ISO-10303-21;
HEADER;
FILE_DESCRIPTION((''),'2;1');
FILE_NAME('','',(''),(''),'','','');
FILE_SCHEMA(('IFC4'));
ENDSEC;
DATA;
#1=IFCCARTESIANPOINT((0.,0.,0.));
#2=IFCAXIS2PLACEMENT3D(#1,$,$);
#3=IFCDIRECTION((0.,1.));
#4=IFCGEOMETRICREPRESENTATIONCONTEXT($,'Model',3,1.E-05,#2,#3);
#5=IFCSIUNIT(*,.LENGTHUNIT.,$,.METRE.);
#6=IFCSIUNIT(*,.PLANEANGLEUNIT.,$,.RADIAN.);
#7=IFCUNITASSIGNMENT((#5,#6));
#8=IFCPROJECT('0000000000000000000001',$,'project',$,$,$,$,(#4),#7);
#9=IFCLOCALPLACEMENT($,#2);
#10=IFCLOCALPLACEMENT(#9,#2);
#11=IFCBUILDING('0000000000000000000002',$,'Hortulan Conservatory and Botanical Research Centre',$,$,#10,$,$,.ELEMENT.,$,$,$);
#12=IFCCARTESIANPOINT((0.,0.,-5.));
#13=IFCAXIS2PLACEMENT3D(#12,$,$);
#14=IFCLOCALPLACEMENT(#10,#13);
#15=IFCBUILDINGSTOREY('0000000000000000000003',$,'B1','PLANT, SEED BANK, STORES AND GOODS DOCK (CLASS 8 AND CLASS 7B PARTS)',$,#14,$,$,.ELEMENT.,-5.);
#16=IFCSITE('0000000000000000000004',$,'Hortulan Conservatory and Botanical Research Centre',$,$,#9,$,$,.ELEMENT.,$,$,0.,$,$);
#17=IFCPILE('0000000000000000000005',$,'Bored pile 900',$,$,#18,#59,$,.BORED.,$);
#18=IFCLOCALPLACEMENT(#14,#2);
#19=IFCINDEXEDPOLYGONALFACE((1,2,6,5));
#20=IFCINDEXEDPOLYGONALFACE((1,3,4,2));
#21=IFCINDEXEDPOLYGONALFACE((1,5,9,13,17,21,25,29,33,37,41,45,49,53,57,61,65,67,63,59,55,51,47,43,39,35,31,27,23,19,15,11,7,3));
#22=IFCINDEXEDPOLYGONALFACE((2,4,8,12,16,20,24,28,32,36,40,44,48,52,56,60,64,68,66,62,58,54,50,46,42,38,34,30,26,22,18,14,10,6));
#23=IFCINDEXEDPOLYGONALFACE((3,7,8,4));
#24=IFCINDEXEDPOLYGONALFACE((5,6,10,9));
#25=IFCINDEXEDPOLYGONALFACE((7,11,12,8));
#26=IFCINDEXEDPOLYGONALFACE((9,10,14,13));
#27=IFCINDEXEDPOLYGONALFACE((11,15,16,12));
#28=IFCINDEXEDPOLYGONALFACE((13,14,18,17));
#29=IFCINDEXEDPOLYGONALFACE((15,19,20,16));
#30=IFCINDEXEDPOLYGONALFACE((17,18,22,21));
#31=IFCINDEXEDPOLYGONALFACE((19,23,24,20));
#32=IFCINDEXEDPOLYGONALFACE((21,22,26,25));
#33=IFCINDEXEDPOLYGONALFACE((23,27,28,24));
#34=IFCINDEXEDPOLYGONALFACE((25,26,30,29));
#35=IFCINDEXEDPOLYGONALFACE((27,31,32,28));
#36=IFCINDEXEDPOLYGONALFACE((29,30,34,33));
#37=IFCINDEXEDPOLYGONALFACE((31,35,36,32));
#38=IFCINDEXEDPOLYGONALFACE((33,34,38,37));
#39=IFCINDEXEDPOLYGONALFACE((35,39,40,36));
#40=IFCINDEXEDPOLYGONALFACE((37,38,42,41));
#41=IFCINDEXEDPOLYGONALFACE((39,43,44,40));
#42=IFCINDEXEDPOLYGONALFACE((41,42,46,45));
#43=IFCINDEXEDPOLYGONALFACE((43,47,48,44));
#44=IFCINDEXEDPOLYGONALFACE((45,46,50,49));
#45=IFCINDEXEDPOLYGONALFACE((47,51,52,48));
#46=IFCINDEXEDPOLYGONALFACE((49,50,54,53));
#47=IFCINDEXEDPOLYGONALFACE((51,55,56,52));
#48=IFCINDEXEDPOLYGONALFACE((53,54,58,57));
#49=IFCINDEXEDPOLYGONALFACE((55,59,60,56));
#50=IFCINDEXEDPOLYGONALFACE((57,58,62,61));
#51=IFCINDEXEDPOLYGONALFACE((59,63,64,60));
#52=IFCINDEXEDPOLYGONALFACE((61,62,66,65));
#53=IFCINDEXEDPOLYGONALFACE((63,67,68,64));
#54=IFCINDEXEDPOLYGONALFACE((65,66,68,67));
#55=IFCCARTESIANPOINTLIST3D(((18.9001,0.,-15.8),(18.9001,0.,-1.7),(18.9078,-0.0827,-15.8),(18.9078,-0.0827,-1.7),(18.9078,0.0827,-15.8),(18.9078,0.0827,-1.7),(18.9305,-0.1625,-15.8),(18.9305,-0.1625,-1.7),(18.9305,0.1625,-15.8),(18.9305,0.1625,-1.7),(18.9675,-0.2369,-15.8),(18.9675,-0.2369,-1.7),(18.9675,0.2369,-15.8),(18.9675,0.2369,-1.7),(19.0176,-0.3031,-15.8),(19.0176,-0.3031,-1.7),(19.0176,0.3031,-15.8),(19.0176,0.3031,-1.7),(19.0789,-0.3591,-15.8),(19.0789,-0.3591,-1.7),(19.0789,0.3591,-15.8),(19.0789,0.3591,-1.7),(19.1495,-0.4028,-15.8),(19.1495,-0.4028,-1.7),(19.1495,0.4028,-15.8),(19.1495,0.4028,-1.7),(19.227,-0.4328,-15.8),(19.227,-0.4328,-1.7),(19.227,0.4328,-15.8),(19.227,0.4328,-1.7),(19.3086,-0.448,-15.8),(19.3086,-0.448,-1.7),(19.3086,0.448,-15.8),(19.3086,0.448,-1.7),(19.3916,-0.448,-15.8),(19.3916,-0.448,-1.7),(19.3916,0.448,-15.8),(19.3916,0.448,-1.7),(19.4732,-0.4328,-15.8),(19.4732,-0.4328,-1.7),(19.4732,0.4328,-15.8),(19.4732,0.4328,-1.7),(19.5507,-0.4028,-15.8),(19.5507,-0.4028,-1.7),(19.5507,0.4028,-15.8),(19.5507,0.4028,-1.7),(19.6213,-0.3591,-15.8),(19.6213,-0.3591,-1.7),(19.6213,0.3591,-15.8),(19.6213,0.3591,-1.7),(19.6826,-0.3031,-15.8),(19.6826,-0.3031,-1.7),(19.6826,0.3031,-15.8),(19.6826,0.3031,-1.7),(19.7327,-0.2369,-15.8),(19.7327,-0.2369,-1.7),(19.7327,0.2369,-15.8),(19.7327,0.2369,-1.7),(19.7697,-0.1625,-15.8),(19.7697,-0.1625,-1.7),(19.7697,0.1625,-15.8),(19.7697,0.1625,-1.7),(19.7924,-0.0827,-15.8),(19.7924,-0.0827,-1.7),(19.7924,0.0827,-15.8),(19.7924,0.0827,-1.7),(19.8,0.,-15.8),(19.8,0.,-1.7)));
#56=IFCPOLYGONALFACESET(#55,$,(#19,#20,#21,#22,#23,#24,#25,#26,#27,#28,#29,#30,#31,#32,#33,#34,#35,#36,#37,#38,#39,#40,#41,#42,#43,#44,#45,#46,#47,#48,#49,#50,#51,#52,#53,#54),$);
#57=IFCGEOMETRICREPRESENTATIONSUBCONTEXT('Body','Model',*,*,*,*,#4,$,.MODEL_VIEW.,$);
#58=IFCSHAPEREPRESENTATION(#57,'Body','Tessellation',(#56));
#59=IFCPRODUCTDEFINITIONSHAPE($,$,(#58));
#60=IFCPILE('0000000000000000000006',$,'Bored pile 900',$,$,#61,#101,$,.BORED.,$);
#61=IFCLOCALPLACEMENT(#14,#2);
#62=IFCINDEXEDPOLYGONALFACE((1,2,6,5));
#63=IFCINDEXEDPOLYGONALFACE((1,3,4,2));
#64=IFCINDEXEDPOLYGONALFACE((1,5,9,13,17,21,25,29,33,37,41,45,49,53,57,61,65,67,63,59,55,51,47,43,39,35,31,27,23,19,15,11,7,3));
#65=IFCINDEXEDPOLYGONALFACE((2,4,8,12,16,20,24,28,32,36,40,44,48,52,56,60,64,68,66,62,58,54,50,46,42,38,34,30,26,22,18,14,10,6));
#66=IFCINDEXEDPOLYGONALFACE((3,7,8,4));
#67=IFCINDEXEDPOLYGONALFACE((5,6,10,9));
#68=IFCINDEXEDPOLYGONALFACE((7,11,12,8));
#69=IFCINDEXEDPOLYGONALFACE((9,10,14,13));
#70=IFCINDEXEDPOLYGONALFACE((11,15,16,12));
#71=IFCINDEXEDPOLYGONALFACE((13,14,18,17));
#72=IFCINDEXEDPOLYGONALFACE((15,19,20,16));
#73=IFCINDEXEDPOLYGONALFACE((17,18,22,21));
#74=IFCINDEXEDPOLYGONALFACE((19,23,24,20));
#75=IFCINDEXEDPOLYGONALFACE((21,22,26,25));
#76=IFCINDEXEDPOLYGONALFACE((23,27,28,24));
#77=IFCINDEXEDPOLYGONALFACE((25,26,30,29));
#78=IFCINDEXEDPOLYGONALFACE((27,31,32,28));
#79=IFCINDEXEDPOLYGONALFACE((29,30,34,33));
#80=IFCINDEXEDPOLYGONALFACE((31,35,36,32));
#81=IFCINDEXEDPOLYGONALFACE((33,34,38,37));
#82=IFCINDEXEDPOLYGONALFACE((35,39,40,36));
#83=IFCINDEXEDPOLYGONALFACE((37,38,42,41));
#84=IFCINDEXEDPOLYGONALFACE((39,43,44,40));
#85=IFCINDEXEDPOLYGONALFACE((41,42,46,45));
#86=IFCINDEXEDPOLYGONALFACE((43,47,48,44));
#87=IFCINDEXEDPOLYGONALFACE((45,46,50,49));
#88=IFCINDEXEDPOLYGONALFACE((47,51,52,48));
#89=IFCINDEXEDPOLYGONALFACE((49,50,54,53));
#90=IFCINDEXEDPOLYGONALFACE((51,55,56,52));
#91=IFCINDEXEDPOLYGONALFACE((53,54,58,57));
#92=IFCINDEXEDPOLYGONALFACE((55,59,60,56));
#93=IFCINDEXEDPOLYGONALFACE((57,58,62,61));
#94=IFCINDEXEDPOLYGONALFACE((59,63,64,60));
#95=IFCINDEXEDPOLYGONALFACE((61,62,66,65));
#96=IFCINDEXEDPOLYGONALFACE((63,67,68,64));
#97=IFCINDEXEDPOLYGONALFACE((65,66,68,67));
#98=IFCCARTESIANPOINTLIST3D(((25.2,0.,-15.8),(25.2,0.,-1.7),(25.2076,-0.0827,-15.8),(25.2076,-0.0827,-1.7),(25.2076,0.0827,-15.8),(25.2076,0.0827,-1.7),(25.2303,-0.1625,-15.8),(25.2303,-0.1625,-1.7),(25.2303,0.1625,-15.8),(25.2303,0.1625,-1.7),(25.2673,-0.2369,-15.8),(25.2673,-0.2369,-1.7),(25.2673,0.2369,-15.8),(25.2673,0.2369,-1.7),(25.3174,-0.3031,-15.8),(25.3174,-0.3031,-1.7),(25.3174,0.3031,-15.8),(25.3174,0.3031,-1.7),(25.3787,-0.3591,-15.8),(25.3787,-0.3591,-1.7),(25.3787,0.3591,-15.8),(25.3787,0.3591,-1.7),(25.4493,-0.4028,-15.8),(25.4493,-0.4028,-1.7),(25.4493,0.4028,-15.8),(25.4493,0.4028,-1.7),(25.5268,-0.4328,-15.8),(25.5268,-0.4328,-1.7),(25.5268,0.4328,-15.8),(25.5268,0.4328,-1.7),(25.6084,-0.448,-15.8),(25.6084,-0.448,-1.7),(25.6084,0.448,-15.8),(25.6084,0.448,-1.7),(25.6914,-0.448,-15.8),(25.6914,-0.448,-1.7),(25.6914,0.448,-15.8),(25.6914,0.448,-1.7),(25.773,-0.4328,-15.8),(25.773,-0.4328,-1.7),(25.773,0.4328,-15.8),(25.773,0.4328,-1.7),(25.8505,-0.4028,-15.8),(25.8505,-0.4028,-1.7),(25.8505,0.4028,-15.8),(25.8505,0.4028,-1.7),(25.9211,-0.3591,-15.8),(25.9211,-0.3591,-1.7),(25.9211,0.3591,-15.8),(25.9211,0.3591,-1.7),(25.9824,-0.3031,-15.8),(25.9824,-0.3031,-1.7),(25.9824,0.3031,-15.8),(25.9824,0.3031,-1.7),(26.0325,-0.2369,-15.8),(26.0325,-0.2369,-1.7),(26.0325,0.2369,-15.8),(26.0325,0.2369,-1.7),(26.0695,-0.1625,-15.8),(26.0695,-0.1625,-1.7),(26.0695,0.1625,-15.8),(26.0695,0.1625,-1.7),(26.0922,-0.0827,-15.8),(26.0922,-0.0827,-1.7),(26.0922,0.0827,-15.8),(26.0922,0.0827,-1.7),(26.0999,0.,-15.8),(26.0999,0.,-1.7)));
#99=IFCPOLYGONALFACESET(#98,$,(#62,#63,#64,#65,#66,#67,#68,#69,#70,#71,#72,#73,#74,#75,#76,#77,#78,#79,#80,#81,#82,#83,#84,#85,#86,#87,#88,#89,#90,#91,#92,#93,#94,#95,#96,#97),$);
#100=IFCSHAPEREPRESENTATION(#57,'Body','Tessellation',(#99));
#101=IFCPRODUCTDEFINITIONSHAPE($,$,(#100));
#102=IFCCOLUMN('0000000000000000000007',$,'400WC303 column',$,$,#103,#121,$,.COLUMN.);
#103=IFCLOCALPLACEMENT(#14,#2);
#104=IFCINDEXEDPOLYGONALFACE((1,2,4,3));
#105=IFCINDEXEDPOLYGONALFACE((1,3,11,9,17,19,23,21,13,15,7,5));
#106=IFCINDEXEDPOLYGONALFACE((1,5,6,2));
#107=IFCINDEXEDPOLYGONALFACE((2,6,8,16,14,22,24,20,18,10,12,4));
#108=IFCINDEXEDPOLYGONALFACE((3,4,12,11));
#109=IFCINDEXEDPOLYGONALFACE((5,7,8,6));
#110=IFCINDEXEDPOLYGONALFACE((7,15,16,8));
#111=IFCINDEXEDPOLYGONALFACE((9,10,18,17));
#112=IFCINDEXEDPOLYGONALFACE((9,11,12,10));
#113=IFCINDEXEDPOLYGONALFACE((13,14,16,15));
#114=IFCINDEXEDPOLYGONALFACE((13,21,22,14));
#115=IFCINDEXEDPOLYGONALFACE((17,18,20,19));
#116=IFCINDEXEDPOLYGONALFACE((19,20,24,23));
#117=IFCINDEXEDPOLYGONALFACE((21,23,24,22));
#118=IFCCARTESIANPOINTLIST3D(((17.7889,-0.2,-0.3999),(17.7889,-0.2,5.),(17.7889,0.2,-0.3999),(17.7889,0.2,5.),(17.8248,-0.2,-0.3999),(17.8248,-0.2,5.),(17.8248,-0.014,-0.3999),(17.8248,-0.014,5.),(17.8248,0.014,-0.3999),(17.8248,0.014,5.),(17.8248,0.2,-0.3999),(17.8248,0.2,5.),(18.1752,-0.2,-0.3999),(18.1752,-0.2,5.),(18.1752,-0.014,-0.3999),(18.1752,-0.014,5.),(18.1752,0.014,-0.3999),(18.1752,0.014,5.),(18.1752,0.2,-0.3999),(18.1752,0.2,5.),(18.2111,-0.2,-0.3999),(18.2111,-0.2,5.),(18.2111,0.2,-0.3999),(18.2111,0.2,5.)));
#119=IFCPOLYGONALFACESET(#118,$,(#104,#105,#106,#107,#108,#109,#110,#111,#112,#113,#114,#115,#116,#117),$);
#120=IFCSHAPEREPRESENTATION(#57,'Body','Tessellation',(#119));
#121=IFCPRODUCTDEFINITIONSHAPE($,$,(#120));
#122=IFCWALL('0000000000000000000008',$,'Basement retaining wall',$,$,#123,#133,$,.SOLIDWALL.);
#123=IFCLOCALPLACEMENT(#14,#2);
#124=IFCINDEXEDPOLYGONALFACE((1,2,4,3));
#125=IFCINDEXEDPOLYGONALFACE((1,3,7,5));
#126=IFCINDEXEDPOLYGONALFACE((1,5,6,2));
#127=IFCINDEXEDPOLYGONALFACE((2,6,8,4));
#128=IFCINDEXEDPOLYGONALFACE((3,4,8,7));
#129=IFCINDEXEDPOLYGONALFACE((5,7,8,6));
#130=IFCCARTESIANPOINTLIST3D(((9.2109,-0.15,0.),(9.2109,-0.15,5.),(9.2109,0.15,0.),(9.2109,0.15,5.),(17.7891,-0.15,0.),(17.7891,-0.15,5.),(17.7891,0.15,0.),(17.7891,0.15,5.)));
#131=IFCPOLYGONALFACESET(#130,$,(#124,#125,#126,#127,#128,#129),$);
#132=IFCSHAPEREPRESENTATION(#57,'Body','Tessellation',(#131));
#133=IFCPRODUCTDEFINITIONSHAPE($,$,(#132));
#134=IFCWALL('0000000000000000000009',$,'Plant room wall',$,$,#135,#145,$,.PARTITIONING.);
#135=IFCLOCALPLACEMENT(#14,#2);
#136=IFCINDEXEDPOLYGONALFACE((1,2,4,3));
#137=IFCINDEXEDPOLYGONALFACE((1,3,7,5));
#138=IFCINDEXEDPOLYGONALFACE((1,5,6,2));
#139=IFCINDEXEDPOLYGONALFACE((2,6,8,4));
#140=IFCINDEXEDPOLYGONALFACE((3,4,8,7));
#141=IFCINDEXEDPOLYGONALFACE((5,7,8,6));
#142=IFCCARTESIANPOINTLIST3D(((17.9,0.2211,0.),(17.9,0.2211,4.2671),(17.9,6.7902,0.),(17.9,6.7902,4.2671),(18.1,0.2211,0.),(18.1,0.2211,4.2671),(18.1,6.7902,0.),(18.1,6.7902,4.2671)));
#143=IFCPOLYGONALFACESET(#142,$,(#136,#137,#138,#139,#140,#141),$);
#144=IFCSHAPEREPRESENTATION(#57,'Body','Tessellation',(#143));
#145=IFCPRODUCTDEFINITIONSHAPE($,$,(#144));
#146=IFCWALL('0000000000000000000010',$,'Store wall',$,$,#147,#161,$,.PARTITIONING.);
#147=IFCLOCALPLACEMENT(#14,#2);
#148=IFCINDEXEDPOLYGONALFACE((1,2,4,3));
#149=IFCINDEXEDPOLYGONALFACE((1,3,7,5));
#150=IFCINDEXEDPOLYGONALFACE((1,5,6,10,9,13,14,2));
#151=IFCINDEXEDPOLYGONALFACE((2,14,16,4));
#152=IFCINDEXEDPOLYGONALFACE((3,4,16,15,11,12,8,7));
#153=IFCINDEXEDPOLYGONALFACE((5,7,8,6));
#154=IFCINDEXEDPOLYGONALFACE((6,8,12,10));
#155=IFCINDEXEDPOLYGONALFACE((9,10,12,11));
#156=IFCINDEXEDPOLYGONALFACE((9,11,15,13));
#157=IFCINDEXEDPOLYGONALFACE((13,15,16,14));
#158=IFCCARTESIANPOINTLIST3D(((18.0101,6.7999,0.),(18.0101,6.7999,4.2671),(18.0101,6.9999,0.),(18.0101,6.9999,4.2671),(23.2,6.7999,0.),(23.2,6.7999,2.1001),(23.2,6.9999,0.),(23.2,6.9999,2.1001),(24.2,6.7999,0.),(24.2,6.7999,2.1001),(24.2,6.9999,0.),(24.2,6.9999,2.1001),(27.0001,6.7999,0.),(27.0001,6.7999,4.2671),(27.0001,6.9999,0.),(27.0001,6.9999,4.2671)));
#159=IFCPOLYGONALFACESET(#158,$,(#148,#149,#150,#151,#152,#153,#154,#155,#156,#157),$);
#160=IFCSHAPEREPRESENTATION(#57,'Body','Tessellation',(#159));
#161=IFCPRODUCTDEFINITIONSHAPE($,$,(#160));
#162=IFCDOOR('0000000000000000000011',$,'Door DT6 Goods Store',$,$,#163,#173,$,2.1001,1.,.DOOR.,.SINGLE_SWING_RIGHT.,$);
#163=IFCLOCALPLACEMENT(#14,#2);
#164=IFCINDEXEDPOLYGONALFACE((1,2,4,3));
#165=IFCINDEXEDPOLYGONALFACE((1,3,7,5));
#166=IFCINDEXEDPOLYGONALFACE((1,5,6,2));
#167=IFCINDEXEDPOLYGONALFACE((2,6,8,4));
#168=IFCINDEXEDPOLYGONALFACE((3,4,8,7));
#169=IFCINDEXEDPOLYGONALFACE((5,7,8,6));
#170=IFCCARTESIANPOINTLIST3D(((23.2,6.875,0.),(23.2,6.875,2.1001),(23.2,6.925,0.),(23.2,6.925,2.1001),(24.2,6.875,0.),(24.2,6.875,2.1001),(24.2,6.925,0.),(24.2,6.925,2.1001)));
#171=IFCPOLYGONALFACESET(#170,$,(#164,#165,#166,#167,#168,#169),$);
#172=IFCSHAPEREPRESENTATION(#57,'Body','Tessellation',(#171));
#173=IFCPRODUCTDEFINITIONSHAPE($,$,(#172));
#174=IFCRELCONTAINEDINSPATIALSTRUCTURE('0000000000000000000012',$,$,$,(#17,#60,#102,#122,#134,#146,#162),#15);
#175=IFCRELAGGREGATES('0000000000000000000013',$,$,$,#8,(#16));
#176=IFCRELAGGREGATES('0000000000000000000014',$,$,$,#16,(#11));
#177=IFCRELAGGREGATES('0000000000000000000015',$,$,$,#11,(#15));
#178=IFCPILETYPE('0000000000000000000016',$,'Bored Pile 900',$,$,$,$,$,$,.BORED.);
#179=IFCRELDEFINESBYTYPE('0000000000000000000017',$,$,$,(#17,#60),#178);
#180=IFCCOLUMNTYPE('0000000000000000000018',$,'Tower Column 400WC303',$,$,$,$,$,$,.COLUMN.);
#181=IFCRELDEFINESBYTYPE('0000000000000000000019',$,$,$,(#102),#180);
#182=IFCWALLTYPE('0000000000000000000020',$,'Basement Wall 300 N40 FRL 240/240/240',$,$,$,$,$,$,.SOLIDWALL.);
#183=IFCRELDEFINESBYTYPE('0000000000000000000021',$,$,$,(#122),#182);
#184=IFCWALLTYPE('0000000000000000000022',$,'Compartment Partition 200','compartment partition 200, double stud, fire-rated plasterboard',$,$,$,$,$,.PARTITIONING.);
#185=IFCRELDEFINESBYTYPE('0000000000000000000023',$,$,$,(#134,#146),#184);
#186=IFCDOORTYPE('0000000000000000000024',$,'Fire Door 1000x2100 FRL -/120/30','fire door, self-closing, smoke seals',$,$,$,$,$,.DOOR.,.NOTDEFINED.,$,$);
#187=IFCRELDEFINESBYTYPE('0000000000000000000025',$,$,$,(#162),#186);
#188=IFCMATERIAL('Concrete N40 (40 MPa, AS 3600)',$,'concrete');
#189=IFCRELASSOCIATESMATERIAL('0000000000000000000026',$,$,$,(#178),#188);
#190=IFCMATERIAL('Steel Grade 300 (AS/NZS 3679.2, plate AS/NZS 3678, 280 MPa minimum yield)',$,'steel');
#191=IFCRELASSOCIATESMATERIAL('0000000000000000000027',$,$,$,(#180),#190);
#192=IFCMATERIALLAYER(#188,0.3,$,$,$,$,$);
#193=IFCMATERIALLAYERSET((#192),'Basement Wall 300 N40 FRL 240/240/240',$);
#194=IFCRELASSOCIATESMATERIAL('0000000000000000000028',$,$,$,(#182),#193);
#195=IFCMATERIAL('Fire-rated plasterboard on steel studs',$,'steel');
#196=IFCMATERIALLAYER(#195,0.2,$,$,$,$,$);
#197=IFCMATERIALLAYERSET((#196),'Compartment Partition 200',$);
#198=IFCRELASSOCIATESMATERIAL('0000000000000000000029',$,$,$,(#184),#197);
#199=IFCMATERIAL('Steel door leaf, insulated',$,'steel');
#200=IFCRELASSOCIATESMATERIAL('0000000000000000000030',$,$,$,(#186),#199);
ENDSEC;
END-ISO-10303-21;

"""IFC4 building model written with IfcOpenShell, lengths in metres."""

from ifc_helpers import new_model, si_unit, direction, frame, frame_2d, origin, origin_2d, place, context, subcontext, project, spatial, rectangle, circle, i_section, extrude, material, layer, layer_set, material_profile, profile_set, type_object, element, fill, save


model = new_model("IFC4")

# Units and contexts
model_context = context("Model", 3, precision=1e-05, world=origin(), true_north=direction((0.0, 1.0)))
body_context = subcontext(model_context, "Body", "Model", "MODEL_VIEW")
ifc_project = project(units=[si_unit("LENGTHUNIT", "METRE"), si_unit("PLANEANGLEUNIT", "RADIAN")], contexts=[model_context])

# Site, building, storey
site_placement = place(None, origin())
site = spatial("IfcSite", under=ifc_project, at=site_placement, Name="Hortulan Conservatory and Botanical Research Centre", CompositionType="ELEMENT", RefElevation=0.0)
building_placement = place(site_placement, origin())
building = spatial("IfcBuilding", under=site, at=building_placement, Name="Hortulan Conservatory and Botanical Research Centre", CompositionType="ELEMENT")
storey_placement = place(building_placement, frame((0.0, 0.0, -5.0)))
storey = spatial("IfcBuildingStorey", under=building, at=storey_placement, Name="B1", Description="PLANT, SEED BANK, STORES AND GOODS DOCK (CLASS 8 AND CLASS 7B PARTS)", CompositionType="ELEMENT", Elevation=-5.0)

# Piles
ifc_material_1 = material(Name="Concrete N40 (40 MPa, AS 3600)", Category="concrete")
ifc_material_profile_1 = material_profile(ifc_material_1, circle(Radius=0.45, at=origin_2d()), Name="Bored pile 900 diameter")
ifc_profile_set_1 = profile_set([ifc_material_profile_1], Name="Concrete N40 (40 MPa, AS 3600)")
pile_type = type_object("IfcPileType", Name="Bored Pile 900", PredefinedType="BORED", material=ifc_profile_set_1)
for number, where, z_axis, x_axis, name in (
    (1, (19.3501, 0.0, -1.7), (0.0, 0.0, -1.0), (1.0, 0.0, 0.0), "Bored pile 900"),
    (2, (25.6499, 0.0, -1.7), (0.0, 0.0, -1.0), (1.0, 0.0, 0.0), "Bored pile 900"),
):
    element("IfcPile", number, at=place(storey_placement, frame(where, z_axis=z_axis, x_axis=x_axis)), inside=storey, type_object=pile_type, Name=name, PredefinedType="BORED", context=body_context, shape_type="SweptSolid", body=[
        extrude(circle(Radius=0.45, at=origin_2d()), origin(), (0.0, 0.0, 1.0), 14.1001),
    ])

# Column
ifc_material_2 = material(Name="Steel Grade 300 (AS/NZS 3679.2, plate AS/NZS 3678, 280 MPa minimum yield)", Category="steel")
ifc_material_profile_2 = material_profile(ifc_material_2, i_section(OverallWidth=0.3999, OverallDepth=0.4221, WebThickness=0.0281, FlangeThickness=0.0359, at=origin_2d()), Name="400WC303")
ifc_profile_set_2 = profile_set([ifc_material_profile_2], Name="Steel Grade 300 (AS/NZS 3679.2, plate AS/NZS 3678, 280 MPa minimum yield)")
column_type = type_object("IfcColumnType", Name="Tower Column 400WC303", PredefinedType="COLUMN", material=ifc_profile_set_2)
column_placement = place(storey_placement, frame((18.0, 0.0, -0.3999), z_axis=(0.0, 0.0, 1.0), x_axis=(0.0, 1.0, 0.0)))
element("IfcColumn", 3, at=column_placement, inside=storey, type_object=column_type, Name="400WC303 column", PredefinedType="COLUMN", context=body_context, shape_type="SweptSolid", body=[
    extrude(i_section(OverallWidth=0.3999, OverallDepth=0.4221, WebThickness=0.0281, FlangeThickness=0.0359, at=origin_2d()), origin(), (0.0, 0.0, 1.0), 5.3999),
])

# Walls
ifc_layer_1 = layer(ifc_material_1, 0.3)
ifc_layer_set_1 = layer_set([ifc_layer_1], Name="Basement Wall 300 N40 FRL 240/240/240")
wall_type_1 = type_object("IfcWallType", Name="Basement Wall 300 N40 FRL 240/240/240", PredefinedType="SOLIDWALL", material=ifc_layer_set_1)
wall_1_placement = place(storey_placement, frame((17.7891, 0.0, 0.0), z_axis=(0.0, 0.0, 1.0), x_axis=(-1.0, 0.0, 0.0)))
element("IfcWall", 4, at=wall_1_placement, inside=storey, type_object=wall_type_1, Name="Basement retaining wall", PredefinedType="SOLIDWALL", context=body_context, shape_type="SweptSolid", body=[
    extrude(rectangle(XDim=8.5781, YDim=0.3, at=frame_2d((4.2891, 0.0))), origin(), (0.0, 0.0, 1.0), 5.0),
])
ifc_material_3 = material(Name="Fire-rated plasterboard on steel studs", Category="steel")
ifc_layer_2 = layer(ifc_material_3, 0.2)
ifc_layer_set_2 = layer_set([ifc_layer_2], Name="Compartment Partition 200")
wall_type_2 = type_object("IfcWallType", Name="Compartment Partition 200", Description="compartment partition 200, double stud, fire-rated plasterboard", PredefinedType="PARTITIONING", material=ifc_layer_set_2)
wall_2_placement = place(storey_placement, frame((18.0, 0.2209, 0.0), z_axis=(0.0, 0.0, 1.0), x_axis=(0.0, 1.0, 0.0)))
element("IfcWall", 5, at=wall_2_placement, inside=storey, type_object=wall_type_2, Name="Plant room wall", PredefinedType="PARTITIONING", context=body_context, shape_type="SweptSolid", body=[
    extrude(rectangle(XDim=6.5691, YDim=0.2, at=frame_2d((3.2847, 0.0))), origin(), (0.0, 0.0, 1.0), 4.2671),
])

# Wall, opening, door
wall_3_placement = place(storey_placement, frame((18.01, 6.8999, 0.0), z_axis=(0.0, 0.0, 1.0), x_axis=(1.0, 0.0, 0.0)))
wall_3 = element("IfcWall", 6, at=wall_3_placement, inside=storey, type_object=wall_type_2, Name="Store wall", PredefinedType="PARTITIONING", context=body_context, shape_type="SweptSolid", body=[
    extrude(rectangle(XDim=8.99, YDim=0.2, at=frame_2d((4.4951, 0.0))), origin(), (0.0, 0.0, 1.0), 4.2671),
])
opening_1_placement = place(wall_3_placement, frame((5.1899, 0.0, 0.0)))
opening_1 = element("IfcOpeningElement", 7, at=opening_1_placement, cuts=wall_3, PredefinedType="OPENING", context=body_context, shape_type="SweptSolid", body=[
    extrude(rectangle(XDim=1.0, YDim=2.1001, at=frame_2d((0.5, 1.05))), frame((0.0, 0.1099, 0.0), z_axis=(0.0, -1.0, 0.0), x_axis=(1.0, 0.0, 0.0)), (0.0, 0.0, 1.0), 0.22),
])
ifc_material_4 = material(Name="Steel door leaf, insulated", Category="steel")
door_type_1 = type_object("IfcDoorType", Name="Fire Door 1000x2100 FRL -/120/30", Description="fire door, self-closing, smoke seals", OperationType="NOTDEFINED", PredefinedType="DOOR", material=ifc_material_4)
door_1_placement = place(opening_1_placement, frame((1.0, 0.0, 0.0), z_axis=(0.0, 0.0, 1.0), x_axis=(-1.0, 0.0, 0.0)))
door_1 = element("IfcDoor", 8, at=door_1_placement, inside=storey, type_object=door_type_1, Name="Door DT6 Goods Store", OperationType="SINGLE_SWING_RIGHT", OverallHeight=2.1001, OverallWidth=1.0, PredefinedType="DOOR", context=body_context, shape_type="SweptSolid", body=[
    extrude(rectangle(XDim=1.0, YDim=2.1001, at=frame_2d((0.5, 1.05))), frame((0.0, 0.0249, 0.0), z_axis=(0.0, -1.0, 0.0), x_axis=(1.0, 0.0, 0.0)), (0.0, 0.0, 1.0), 0.05),
])
fill(opening_1, door_1)

save(model, "model.ifc")
